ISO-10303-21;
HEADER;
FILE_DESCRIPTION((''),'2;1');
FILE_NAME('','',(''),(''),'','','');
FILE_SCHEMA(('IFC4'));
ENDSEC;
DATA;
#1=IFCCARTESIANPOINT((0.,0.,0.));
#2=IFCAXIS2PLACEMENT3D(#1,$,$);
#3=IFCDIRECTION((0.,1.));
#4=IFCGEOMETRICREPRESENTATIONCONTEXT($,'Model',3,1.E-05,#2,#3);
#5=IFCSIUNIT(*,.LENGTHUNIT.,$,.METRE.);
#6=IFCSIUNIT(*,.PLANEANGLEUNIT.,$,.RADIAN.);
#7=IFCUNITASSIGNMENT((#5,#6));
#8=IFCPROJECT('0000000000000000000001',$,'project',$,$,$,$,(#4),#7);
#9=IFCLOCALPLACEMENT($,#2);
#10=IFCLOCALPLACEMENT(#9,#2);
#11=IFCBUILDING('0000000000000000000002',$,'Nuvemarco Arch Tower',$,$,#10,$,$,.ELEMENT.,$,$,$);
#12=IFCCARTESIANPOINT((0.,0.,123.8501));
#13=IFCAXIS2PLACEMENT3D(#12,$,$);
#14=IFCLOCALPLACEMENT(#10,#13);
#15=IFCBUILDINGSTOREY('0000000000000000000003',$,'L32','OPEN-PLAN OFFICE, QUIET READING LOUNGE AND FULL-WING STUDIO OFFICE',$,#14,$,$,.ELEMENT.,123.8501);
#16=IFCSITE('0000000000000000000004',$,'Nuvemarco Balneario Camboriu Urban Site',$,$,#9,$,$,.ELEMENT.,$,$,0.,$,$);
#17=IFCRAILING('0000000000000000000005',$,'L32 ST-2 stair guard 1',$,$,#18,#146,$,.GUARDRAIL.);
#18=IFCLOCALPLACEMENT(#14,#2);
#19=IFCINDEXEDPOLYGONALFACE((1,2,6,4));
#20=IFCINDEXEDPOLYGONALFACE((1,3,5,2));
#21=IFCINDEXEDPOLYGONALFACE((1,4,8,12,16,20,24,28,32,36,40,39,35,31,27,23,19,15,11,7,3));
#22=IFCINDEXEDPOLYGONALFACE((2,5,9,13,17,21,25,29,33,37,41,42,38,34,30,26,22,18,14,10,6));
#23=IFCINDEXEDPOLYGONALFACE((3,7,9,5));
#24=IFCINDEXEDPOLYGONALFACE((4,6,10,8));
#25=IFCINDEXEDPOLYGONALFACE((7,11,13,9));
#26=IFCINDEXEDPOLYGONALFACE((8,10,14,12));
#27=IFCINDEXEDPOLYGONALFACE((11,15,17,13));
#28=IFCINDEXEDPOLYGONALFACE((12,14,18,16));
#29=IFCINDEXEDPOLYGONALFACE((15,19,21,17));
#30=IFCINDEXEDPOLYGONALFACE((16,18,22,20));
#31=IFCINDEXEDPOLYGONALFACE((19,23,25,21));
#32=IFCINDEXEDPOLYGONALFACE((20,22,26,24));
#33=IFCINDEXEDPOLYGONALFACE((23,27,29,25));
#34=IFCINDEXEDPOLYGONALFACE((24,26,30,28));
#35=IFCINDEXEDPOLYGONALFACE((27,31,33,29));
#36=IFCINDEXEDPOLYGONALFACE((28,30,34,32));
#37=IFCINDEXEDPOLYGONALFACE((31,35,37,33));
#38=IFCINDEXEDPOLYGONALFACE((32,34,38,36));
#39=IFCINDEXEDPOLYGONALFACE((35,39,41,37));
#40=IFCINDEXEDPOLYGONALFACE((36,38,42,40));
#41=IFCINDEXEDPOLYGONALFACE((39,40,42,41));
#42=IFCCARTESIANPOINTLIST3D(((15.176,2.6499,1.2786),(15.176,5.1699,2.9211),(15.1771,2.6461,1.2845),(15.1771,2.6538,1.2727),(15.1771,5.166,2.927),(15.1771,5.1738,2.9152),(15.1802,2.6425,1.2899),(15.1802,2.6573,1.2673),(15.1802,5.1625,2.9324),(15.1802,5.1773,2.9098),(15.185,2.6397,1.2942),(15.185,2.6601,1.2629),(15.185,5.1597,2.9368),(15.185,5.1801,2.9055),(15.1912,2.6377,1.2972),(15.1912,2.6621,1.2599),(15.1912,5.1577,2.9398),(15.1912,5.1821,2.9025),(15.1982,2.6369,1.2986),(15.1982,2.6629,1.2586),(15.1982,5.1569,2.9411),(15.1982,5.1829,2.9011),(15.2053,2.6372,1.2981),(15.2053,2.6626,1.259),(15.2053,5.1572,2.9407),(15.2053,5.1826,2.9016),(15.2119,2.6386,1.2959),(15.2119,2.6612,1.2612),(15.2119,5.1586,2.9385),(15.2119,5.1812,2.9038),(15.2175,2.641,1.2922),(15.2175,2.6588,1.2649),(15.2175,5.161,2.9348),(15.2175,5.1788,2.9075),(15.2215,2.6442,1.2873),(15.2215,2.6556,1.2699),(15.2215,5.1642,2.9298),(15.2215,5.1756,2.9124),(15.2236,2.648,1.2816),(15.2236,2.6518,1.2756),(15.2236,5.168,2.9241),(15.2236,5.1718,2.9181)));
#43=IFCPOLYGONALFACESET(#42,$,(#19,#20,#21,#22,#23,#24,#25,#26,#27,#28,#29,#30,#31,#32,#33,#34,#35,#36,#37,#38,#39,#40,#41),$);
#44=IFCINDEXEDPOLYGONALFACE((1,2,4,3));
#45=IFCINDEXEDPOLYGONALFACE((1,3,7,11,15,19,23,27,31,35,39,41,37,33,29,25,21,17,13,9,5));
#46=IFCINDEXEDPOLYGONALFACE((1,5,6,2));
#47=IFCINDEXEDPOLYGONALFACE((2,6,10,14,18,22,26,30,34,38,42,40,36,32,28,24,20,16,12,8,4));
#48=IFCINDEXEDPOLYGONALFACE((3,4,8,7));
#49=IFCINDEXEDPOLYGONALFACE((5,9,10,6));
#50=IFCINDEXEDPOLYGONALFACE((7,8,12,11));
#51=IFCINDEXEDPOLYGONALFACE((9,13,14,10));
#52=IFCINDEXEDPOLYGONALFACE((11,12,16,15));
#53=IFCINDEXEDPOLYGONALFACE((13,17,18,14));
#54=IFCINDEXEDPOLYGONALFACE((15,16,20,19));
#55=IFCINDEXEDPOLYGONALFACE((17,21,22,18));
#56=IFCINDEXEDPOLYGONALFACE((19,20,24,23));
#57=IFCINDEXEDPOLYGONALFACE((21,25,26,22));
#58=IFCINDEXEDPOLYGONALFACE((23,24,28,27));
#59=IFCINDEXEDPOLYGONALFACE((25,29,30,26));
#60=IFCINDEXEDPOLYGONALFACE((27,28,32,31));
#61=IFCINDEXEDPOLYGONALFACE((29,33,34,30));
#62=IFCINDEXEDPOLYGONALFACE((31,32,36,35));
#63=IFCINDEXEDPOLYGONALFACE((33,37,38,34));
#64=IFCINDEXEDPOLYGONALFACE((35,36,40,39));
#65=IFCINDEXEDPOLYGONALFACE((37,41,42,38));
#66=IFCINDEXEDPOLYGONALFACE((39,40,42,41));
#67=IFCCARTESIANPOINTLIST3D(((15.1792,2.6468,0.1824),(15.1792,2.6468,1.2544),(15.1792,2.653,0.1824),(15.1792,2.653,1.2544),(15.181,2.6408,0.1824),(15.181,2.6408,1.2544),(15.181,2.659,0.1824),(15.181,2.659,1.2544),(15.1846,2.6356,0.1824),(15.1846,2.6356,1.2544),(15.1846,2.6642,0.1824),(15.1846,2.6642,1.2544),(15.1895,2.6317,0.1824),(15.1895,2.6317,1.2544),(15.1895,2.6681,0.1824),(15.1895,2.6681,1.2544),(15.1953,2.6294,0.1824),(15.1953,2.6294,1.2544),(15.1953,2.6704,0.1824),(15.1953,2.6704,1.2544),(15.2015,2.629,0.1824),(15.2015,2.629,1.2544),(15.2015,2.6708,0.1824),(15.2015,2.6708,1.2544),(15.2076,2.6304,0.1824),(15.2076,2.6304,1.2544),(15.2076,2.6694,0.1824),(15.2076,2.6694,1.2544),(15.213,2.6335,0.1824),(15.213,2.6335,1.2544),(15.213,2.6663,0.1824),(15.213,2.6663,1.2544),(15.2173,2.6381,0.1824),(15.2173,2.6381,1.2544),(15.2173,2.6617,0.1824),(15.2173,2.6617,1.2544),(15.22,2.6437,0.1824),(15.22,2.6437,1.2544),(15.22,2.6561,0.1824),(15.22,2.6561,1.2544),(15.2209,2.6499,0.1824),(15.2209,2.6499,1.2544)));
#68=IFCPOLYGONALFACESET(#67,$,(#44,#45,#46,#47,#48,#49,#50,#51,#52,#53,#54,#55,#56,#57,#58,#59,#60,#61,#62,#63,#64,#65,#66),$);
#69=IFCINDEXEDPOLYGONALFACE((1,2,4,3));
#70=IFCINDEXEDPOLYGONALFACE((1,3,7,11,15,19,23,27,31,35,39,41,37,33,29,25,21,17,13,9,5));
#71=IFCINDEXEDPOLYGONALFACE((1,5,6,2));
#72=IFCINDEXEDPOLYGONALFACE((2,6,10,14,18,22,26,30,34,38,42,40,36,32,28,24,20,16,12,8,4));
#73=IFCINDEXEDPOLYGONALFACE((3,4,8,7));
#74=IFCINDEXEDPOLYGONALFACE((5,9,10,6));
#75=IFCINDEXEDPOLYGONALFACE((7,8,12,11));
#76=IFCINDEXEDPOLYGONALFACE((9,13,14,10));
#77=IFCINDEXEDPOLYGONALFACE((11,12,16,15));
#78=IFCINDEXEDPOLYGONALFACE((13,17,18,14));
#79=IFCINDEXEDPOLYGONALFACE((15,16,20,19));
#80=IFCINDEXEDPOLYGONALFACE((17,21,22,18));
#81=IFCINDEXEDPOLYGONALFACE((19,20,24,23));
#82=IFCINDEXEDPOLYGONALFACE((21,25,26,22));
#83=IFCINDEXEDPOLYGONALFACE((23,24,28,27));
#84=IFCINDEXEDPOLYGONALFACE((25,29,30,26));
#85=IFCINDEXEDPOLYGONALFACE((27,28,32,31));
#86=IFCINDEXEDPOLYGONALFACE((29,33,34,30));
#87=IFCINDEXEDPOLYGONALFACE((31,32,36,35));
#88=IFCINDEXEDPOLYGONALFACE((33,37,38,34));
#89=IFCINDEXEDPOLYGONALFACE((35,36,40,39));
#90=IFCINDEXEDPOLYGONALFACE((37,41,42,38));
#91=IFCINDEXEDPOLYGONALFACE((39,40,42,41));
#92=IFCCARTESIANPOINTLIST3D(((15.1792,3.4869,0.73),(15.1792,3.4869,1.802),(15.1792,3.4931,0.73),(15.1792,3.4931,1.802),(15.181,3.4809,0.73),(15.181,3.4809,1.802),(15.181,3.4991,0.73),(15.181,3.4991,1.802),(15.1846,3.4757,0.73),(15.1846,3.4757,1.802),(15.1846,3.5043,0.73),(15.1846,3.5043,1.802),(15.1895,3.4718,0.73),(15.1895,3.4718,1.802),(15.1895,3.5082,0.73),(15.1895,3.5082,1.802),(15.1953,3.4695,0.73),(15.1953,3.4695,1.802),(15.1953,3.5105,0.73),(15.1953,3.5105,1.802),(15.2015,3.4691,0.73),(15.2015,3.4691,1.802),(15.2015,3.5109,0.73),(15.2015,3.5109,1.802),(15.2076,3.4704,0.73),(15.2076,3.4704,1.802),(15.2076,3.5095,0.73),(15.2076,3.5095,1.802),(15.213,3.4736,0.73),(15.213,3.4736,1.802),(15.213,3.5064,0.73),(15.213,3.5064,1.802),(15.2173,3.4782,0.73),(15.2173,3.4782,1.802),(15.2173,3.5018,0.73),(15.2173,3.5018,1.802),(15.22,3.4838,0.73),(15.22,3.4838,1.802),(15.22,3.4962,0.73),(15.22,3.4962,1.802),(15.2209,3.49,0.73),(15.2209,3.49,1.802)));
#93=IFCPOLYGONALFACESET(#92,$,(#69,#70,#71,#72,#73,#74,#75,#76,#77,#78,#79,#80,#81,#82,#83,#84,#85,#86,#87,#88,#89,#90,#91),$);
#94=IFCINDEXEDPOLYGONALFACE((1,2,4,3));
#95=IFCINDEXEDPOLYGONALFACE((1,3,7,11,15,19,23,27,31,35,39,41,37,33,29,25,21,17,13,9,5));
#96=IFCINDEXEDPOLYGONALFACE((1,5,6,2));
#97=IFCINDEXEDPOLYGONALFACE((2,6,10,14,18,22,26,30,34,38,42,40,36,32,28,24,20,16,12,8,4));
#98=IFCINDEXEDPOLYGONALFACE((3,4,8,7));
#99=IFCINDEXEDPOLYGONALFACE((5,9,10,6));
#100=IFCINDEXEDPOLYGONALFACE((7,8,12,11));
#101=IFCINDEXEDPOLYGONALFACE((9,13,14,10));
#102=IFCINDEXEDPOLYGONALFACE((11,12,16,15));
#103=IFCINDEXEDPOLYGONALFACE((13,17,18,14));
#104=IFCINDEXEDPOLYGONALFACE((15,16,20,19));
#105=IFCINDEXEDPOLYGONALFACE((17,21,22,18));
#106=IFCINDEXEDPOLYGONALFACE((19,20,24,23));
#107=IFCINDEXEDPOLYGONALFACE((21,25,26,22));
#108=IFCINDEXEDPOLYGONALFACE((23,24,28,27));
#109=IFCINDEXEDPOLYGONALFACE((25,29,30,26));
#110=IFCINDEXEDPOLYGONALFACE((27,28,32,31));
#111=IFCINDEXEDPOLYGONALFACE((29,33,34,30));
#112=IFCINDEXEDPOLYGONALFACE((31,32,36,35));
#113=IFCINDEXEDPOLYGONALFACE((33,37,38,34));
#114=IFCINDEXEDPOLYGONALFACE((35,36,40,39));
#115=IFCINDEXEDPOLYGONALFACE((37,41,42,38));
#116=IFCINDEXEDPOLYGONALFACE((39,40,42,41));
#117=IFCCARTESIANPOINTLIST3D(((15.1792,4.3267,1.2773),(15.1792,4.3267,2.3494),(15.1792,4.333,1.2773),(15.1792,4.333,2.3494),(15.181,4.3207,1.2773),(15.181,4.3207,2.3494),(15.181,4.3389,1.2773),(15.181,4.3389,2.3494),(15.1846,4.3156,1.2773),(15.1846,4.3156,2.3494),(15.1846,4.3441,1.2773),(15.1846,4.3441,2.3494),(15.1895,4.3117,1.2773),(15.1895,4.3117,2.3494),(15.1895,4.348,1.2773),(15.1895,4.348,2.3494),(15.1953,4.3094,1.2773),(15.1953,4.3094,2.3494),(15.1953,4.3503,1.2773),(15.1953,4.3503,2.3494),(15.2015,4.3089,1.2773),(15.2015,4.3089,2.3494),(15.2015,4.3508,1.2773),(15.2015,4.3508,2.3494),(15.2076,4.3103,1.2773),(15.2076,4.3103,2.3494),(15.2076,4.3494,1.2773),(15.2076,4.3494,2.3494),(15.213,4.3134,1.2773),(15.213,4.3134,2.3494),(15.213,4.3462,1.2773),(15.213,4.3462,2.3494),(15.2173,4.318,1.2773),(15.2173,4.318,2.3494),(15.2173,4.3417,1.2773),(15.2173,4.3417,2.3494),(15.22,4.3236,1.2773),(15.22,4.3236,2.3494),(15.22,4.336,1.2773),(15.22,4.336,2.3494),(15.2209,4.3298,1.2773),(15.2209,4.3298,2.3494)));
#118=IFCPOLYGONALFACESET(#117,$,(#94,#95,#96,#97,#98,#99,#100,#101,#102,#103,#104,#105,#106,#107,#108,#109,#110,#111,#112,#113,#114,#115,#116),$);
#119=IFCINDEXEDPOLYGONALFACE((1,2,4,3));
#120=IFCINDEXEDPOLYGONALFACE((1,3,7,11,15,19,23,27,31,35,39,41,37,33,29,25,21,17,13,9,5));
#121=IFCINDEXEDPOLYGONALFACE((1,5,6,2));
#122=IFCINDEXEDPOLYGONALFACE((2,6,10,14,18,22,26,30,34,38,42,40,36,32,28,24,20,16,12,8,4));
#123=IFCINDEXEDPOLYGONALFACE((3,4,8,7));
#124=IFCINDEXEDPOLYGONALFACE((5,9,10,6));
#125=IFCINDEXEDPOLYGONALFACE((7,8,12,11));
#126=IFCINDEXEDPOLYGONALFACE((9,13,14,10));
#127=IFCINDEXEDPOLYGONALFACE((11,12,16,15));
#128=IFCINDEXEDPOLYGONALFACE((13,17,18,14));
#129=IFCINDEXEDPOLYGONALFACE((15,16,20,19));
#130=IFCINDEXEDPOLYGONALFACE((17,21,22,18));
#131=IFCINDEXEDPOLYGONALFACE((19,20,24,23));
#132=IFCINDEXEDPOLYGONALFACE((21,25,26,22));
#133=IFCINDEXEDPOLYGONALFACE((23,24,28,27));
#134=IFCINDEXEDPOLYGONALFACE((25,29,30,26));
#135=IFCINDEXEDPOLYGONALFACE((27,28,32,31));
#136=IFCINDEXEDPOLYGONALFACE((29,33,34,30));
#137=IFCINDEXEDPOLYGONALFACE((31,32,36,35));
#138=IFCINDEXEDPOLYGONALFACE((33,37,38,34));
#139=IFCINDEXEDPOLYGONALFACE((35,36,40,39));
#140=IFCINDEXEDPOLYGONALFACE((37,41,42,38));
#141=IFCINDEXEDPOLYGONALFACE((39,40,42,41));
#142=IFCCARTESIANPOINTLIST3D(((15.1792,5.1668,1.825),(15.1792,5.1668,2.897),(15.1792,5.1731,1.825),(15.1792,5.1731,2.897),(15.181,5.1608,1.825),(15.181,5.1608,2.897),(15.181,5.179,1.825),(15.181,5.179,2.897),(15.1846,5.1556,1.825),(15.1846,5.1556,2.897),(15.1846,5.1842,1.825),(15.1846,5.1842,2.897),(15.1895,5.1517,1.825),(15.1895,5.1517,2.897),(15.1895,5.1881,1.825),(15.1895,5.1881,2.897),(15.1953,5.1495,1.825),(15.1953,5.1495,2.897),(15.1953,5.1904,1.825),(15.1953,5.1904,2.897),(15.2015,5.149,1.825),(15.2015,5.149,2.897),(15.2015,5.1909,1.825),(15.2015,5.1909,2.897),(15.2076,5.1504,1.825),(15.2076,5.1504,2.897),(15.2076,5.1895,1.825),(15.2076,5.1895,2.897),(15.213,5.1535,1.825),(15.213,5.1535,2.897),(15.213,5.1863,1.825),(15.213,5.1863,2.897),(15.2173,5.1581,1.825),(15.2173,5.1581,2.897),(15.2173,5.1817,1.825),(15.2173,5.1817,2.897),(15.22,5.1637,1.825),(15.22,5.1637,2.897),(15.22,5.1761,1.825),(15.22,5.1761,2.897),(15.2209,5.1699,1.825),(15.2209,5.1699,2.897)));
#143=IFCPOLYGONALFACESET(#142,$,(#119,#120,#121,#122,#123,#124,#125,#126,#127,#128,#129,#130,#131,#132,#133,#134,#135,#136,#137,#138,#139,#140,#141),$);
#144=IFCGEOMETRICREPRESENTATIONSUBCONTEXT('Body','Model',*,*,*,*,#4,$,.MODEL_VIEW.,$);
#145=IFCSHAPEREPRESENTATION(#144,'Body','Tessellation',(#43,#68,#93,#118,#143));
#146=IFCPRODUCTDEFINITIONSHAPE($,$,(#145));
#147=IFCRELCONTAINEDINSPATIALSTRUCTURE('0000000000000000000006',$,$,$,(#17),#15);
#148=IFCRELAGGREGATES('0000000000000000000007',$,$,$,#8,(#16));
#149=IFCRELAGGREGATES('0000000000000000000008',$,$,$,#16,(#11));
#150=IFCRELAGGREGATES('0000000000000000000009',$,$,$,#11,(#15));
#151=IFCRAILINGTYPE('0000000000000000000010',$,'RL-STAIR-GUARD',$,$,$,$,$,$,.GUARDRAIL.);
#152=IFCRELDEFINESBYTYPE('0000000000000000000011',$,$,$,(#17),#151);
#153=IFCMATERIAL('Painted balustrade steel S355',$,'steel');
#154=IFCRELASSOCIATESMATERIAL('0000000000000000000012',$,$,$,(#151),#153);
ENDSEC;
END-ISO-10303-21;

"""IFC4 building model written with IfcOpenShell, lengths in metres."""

from ifc_helpers import new_model, si_unit, direction, frame, origin, origin_2d, place, context, subcontext, project, spatial, circle, extrude, material, type_object, element, save


model = new_model("IFC4")

# Units and contexts
model_context = context("Model", 3, precision=1e-05, world=origin(), true_north=direction((0.0, 1.0)))
body_context = subcontext(model_context, "Body", "Model", "MODEL_VIEW")
ifc_project = project(units=[si_unit("LENGTHUNIT", "METRE"), si_unit("PLANEANGLEUNIT", "RADIAN")], contexts=[model_context])

# Site, building, storey
site_placement = place(None, origin())
site = spatial("IfcSite", under=ifc_project, at=site_placement, Name="Nuvemarco Balneario Camboriu Urban Site", CompositionType="ELEMENT", RefElevation=0.0)
building_placement = place(site_placement, origin())
building = spatial("IfcBuilding", under=site, at=building_placement, Name="Nuvemarco Arch Tower", CompositionType="ELEMENT")
storey_placement = place(building_placement, frame((0.0, 0.0, 123.8501)))
storey = spatial("IfcBuildingStorey", under=building, at=storey_placement, Name="L32", Description="OPEN-PLAN OFFICE, QUIET READING LOUNGE AND FULL-WING STUDIO OFFICE", CompositionType="ELEMENT", Elevation=123.8501)

# Railing
ifc_material_1 = material(Name="Painted balustrade steel S355", Category="steel")
railing_type_1 = type_object("IfcRailingType", Name="RL-STAIR-GUARD", PredefinedType="GUARDRAIL", material=ifc_material_1)
railing_1_placement = place(storey_placement, frame((15.2, 2.6499, 0.1824)))
element("IfcRailing", 1, at=railing_1_placement, inside=storey, type_object=railing_type_1, Name="L32 ST-2 stair guard 1", PredefinedType="GUARDRAIL", context=body_context, shape_type="SweptSolid", body=[
    extrude(circle(Radius=0.0239, at=origin_2d()), frame((0.0, 0.0, 1.0962), z_axis=(0.0, 0.837749, 0.546055), x_axis=(-1.0, 0.0, 0.0)), (0.0, 0.0, 1.0), 3.0081),
    extrude(circle(Radius=0.021, at=origin_2d()), origin(), (0.0, 0.0, 1.0), 1.072),
    extrude(circle(Radius=0.021, at=origin_2d()), frame((0.0, 0.8401, 0.5476)), (0.0, 0.0, 1.0), 1.072),
    extrude(circle(Radius=0.021, at=origin_2d()), frame((0.0, 1.6799, 1.095)), (0.0, 0.0, 1.0), 1.072),
    extrude(circle(Radius=0.021, at=origin_2d()), frame((0.0, 2.52, 1.6426)), (0.0, 0.0, 1.0), 1.072),
])

save(model, "model.ifc")
